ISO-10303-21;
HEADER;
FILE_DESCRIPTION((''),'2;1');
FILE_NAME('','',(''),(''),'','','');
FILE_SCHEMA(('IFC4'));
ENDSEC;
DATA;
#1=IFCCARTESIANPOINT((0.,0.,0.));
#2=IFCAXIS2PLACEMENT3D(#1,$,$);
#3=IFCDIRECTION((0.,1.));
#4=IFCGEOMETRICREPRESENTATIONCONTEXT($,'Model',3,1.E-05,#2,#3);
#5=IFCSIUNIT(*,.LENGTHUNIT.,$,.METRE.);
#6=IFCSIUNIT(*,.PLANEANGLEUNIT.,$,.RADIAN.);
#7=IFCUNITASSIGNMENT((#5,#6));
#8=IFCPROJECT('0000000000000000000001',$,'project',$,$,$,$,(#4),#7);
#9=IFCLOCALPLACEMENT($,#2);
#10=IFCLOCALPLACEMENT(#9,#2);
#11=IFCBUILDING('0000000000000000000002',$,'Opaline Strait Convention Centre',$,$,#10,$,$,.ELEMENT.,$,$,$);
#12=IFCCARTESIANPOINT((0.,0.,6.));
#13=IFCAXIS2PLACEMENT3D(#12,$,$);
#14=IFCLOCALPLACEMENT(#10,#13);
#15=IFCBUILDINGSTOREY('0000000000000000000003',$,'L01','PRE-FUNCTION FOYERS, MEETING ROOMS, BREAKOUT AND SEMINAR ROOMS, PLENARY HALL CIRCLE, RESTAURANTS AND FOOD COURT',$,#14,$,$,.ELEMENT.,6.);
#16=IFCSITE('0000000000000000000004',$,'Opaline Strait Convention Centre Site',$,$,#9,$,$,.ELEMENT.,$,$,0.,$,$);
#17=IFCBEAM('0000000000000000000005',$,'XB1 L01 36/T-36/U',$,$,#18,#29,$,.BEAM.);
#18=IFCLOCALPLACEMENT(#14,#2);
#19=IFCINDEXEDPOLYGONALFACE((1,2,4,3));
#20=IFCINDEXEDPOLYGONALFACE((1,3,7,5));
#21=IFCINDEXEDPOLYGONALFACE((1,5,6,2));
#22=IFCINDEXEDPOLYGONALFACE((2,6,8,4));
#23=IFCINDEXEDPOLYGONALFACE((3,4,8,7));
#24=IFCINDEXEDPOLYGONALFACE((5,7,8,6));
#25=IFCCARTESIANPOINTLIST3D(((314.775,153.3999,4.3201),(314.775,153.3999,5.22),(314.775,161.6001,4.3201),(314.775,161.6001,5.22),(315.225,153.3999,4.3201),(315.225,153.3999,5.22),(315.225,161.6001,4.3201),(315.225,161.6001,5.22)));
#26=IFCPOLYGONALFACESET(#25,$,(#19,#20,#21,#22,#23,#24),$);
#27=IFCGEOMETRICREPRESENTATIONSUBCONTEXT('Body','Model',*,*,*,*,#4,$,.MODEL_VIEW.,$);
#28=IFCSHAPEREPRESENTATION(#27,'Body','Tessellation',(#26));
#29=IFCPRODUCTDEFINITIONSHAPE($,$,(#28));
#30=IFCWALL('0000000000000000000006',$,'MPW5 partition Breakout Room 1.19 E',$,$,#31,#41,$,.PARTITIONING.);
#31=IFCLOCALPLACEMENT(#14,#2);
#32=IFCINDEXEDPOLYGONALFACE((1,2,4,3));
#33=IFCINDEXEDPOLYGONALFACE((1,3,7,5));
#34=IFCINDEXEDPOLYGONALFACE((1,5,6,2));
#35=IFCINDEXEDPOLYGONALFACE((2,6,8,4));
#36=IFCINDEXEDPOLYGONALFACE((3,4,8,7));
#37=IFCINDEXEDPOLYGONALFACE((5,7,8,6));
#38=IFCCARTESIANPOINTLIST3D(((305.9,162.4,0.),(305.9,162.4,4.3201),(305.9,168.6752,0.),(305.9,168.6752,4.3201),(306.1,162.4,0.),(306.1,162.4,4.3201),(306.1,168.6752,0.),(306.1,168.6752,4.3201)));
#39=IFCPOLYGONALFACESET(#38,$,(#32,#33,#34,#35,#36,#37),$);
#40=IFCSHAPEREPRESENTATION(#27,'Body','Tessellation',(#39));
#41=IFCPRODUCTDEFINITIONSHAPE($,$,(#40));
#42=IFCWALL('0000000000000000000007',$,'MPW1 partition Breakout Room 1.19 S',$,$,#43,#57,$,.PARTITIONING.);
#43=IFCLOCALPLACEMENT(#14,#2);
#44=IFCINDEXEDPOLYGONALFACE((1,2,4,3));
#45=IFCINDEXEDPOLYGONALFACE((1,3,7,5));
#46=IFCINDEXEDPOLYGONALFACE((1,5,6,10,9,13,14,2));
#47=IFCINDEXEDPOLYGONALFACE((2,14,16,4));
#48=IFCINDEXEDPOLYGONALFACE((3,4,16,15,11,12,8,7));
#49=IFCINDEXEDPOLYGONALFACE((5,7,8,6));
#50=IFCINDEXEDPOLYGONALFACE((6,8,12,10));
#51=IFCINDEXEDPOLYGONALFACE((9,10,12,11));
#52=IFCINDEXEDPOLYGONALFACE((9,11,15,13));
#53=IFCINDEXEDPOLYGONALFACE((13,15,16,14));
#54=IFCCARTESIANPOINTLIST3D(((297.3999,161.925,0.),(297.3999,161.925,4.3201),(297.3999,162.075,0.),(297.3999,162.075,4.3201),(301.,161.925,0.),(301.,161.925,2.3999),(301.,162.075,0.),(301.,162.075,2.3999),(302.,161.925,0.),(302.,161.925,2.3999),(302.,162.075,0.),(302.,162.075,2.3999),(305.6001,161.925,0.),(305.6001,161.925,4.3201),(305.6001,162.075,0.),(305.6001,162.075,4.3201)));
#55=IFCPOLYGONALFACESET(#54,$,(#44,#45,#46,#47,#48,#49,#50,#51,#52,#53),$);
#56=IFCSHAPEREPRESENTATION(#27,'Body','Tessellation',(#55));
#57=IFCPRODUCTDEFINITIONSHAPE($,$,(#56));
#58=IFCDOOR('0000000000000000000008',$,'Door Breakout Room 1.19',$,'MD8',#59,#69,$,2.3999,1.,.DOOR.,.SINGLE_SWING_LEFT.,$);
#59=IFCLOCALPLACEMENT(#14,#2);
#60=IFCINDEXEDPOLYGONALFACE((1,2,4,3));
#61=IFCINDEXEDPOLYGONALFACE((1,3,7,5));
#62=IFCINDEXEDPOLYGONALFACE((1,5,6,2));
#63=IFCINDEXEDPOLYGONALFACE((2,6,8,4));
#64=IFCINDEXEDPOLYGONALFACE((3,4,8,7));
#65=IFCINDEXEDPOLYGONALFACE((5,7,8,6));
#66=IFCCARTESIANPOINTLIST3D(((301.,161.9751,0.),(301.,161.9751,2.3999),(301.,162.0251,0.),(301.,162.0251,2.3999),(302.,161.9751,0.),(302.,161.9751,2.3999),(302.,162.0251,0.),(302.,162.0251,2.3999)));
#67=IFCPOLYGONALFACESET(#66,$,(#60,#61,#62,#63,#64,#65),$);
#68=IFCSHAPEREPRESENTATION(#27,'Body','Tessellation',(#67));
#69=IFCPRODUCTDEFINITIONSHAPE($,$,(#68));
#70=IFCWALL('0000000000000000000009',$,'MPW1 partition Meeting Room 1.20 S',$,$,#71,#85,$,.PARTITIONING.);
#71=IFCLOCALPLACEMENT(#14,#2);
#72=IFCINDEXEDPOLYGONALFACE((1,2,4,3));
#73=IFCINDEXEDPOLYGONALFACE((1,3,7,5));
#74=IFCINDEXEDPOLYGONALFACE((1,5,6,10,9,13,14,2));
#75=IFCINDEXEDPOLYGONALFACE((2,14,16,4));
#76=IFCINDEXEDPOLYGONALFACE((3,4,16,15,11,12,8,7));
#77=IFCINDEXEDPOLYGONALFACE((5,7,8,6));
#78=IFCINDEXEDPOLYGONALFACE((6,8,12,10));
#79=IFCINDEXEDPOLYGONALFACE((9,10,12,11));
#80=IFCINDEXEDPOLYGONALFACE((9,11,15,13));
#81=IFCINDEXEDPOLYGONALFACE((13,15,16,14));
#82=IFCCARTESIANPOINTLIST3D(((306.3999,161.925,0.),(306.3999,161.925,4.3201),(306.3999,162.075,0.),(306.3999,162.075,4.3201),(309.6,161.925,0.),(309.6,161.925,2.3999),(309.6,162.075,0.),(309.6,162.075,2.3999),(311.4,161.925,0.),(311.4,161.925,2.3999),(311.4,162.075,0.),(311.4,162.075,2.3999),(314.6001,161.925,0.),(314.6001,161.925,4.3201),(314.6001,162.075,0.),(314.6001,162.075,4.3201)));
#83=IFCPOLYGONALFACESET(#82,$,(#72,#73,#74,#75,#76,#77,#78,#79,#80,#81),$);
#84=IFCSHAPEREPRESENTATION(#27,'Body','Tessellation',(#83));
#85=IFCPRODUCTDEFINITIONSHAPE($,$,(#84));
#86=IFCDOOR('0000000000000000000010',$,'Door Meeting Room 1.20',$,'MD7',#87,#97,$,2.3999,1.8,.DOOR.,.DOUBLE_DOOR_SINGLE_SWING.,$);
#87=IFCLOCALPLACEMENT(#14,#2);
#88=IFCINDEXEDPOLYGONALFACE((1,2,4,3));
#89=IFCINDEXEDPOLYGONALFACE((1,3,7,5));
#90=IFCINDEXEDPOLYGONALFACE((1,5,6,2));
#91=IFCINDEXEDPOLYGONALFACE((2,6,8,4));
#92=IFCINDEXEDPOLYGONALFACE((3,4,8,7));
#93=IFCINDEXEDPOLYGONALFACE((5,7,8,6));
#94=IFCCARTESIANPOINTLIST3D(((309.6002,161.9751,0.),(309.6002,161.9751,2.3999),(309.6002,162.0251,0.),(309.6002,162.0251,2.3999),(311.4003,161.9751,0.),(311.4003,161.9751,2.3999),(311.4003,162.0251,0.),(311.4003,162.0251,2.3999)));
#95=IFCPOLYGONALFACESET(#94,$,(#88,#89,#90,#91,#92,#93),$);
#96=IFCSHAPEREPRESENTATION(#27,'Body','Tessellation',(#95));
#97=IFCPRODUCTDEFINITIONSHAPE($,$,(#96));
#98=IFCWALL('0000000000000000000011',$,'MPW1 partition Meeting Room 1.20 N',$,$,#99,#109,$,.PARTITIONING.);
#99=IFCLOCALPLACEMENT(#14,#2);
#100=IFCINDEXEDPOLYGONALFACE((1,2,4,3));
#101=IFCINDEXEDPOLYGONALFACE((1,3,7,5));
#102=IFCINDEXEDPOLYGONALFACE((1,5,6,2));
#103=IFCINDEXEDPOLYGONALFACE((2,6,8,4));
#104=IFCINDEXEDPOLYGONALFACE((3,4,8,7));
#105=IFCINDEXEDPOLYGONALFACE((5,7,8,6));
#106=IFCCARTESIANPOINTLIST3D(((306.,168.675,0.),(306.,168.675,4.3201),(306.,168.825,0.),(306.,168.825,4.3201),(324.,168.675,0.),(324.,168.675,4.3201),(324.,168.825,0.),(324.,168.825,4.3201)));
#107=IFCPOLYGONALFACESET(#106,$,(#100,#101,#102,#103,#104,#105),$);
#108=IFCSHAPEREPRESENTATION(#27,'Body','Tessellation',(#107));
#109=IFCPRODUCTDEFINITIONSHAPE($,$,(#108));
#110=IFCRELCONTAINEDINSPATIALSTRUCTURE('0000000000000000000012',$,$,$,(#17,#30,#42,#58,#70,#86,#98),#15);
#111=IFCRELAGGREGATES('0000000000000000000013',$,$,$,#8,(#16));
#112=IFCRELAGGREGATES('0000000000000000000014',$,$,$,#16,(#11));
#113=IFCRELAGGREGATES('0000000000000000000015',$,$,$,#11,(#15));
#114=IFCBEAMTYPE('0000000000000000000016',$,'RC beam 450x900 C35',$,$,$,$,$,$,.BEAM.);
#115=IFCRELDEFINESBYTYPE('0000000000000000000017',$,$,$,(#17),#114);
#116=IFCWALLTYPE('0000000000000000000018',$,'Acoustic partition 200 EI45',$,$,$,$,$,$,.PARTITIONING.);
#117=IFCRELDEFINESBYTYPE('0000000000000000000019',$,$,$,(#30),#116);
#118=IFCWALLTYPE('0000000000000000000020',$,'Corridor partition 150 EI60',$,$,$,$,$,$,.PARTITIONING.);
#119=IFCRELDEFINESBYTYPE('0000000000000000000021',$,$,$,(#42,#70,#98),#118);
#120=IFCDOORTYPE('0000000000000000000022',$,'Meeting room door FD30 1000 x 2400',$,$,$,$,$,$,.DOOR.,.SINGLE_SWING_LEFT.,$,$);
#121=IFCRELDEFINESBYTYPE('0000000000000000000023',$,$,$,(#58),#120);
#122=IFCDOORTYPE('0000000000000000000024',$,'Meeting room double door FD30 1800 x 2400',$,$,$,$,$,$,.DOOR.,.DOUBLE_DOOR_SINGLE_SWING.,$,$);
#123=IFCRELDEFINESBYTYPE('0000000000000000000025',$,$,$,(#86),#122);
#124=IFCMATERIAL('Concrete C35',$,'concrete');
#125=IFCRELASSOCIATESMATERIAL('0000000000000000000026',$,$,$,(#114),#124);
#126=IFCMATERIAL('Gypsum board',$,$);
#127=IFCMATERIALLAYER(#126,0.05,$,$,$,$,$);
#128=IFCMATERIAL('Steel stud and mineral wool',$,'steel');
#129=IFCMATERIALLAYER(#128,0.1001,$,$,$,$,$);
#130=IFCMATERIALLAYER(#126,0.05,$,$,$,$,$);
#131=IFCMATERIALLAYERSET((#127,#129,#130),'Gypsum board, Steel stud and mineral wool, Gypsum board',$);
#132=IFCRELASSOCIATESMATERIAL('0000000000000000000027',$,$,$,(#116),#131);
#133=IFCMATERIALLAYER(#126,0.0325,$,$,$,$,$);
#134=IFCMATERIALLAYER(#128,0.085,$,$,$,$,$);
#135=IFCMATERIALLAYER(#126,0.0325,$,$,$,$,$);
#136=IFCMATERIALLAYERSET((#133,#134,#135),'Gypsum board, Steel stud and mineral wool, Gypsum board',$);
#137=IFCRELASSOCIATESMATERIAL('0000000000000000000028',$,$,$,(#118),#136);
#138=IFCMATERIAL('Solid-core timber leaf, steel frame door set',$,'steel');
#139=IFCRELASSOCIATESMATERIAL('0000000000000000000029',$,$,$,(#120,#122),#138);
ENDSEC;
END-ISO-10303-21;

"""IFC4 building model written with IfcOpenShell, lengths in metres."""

from ifc_helpers import new_model, si_unit, direction, frame, frame_2d, origin, origin_2d, place, context, subcontext, project, spatial, rectangle, extrude, material, layer, layer_set, material_profile, profile_set, type_object, element, fill, save


model = new_model("IFC4")

# Units and contexts
model_context = context("Model", 3, precision=1e-05, world=origin(), true_north=direction((0.0, 1.0)))
body_context = subcontext(model_context, "Body", "Model", "MODEL_VIEW")
ifc_project = project(units=[si_unit("LENGTHUNIT", "METRE"), si_unit("PLANEANGLEUNIT", "RADIAN")], contexts=[model_context])

# Site, building, storey
site_placement = place(None, origin())
site = spatial("IfcSite", under=ifc_project, at=site_placement, Name="Opaline Strait Convention Centre Site", CompositionType="ELEMENT", RefElevation=0.0)
building_placement = place(site_placement, origin())
building = spatial("IfcBuilding", under=site, at=building_placement, Name="Opaline Strait Convention Centre", CompositionType="ELEMENT")
storey_placement = place(building_placement, frame((0.0, 0.0, 6.0)))
storey = spatial("IfcBuildingStorey", under=building, at=storey_placement, Name="L01", Description="PRE-FUNCTION FOYERS, MEETING ROOMS, BREAKOUT AND SEMINAR ROOMS, PLENARY HALL CIRCLE, RESTAURANTS AND FOOD COURT", CompositionType="ELEMENT", Elevation=6.0)

# Beam
ifc_material_1 = material(Name="Concrete C35", Category="concrete")
ifc_material_profile_1 = material_profile(ifc_material_1, rectangle(XDim=0.45, YDim=0.8999, at=origin_2d()), Name="RC 450x900")
ifc_profile_set_1 = profile_set([ifc_material_profile_1], Name="Concrete C35")
beam_type = type_object("IfcBeamType", Name="RC beam 450x900 C35", PredefinedType="BEAM", material=ifc_profile_set_1)
for number, where, z_axis, x_axis, name in (
    (1, (315.0, 153.3999, 4.77), (0.0, 1.0, 0.0), (-1.0, 0.0, 0.0), "XB1 L01 36/T-36/U"),
):
    element("IfcBeam", number, at=place(storey_placement, frame(where, z_axis=z_axis, x_axis=x_axis)), inside=storey, type_object=beam_type, Name=name, PredefinedType="BEAM", context=body_context, shape_type="SweptSolid", body=[
        extrude(rectangle(XDim=0.45, YDim=0.8999, at=origin_2d()), origin(), (0.0, 0.0, 1.0), 8.2002),
    ])

# Wall
ifc_material_2 = material(Name="Gypsum board")
ifc_layer_1 = layer(ifc_material_2, 0.05)
ifc_material_3 = material(Name="Steel stud and mineral wool", Category="steel")
ifc_layer_2 = layer(ifc_material_3, 0.1001)
ifc_layer_3 = layer(ifc_material_2, 0.05)
ifc_layer_set_1 = layer_set([ifc_layer_1, ifc_layer_2, ifc_layer_3], Name="Gypsum board, Steel stud and mineral wool, Gypsum board")
wall_type_1 = type_object("IfcWallType", Name="Acoustic partition 200 EI45", PredefinedType="PARTITIONING", material=ifc_layer_set_1)
wall_1_placement = place(storey_placement, frame((306.0, 162.3999, 0.0), z_axis=(0.0, 0.0, 1.0), x_axis=(0.0, 1.0, 0.0)))
element("IfcWall", 2, at=wall_1_placement, inside=storey, type_object=wall_type_1, Name="MPW5 partition Breakout Room 1.19 E", PredefinedType="PARTITIONING", context=body_context, shape_type="SweptSolid", body=[
    extrude(rectangle(XDim=6.2751, YDim=0.2, at=frame_2d((3.1377, 0.0))), origin(), (0.0, 0.0, 1.0), 4.3201),
])

# Walls, openings, doors
ifc_layer_4 = layer(ifc_material_2, 0.0325)
ifc_layer_5 = layer(ifc_material_3, 0.085)
ifc_layer_6 = layer(ifc_material_2, 0.0325)
ifc_layer_set_2 = layer_set([ifc_layer_4, ifc_layer_5, ifc_layer_6], Name="Gypsum board, Steel stud and mineral wool, Gypsum board")
wall_type_2 = type_object("IfcWallType", Name="Corridor partition 150 EI60", PredefinedType="PARTITIONING", material=ifc_layer_set_2)
wall_2_placement = place(storey_placement, frame((297.3999, 162.0, 0.0), z_axis=(0.0, 0.0, 1.0), x_axis=(1.0, 0.0, 0.0)))
wall_2 = element("IfcWall", 3, at=wall_2_placement, inside=storey, type_object=wall_type_2, Name="MPW1 partition Breakout Room 1.19 S", PredefinedType="PARTITIONING", context=body_context, shape_type="SweptSolid", body=[
    extrude(rectangle(XDim=8.2002, YDim=0.1499, at=frame_2d((4.1001, 0.0))), origin(), (0.0, 0.0, 1.0), 4.3201),
])
opening_1_placement = place(wall_2_placement, frame((3.6001, 0.0, 0.0)))
opening_1 = element("IfcOpeningElement", 4, at=opening_1_placement, cuts=wall_2, PredefinedType="OPENING", context=body_context, shape_type="SweptSolid", body=[
    extrude(rectangle(XDim=1.0, YDim=2.3999, at=frame_2d((0.5, 1.2))), frame((0.0, 0.085, 0.0), z_axis=(0.0, -1.0, 0.0), x_axis=(1.0, 0.0, 0.0)), (0.0, 0.0, 1.0), 0.1699),
])
ifc_material_4 = material(Name="Solid-core timber leaf, steel frame door set", Category="steel")
door_type_1 = type_object("IfcDoorType", Name="Meeting room door FD30 1000 x 2400", OperationType="SINGLE_SWING_LEFT", PredefinedType="DOOR", material=ifc_material_4)
door_1_placement = place(opening_1_placement, frame((1.0, 0.0, 0.0), z_axis=(0.0, 0.0, 1.0), x_axis=(-1.0, 0.0, 0.0)))
door_1 = element("IfcDoor", 5, at=door_1_placement, inside=storey, type_object=door_type_1, Name="Door Breakout Room 1.19", ObjectType="MD8", OperationType="SINGLE_SWING_LEFT", OverallHeight=2.3999, OverallWidth=1.0, PredefinedType="DOOR", context=body_context, shape_type="SweptSolid", body=[
    extrude(rectangle(XDim=1.0, YDim=2.3999, at=frame_2d((0.5, 1.2))), frame((0.0, 0.0249, 0.0), z_axis=(0.0, -1.0, 0.0), x_axis=(1.0, 0.0, 0.0)), (0.0, 0.0, 1.0), 0.05),
])
fill(opening_1, door_1)
wall_3_placement = place(storey_placement, frame((306.3999, 162.0, 0.0), z_axis=(0.0, 0.0, 1.0), x_axis=(1.0, 0.0, 0.0)))
wall_3 = element("IfcWall", 6, at=wall_3_placement, inside=storey, type_object=wall_type_2, Name="MPW1 partition Meeting Room 1.20 S", PredefinedType="PARTITIONING", context=body_context, shape_type="SweptSolid", body=[
    extrude(rectangle(XDim=8.2002, YDim=0.1499, at=frame_2d((4.1001, 0.0))), origin(), (0.0, 0.0, 1.0), 4.3201),
])
opening_2_placement = place(wall_3_placement, frame((3.2002, 0.0, 0.0)))
opening_2 = element("IfcOpeningElement", 7, at=opening_2_placement, cuts=wall_3, PredefinedType="OPENING", context=body_context, shape_type="SweptSolid", body=[
    extrude(rectangle(XDim=1.8, YDim=2.3999, at=frame_2d((0.8999, 1.2))), frame((0.0, 0.085, 0.0), z_axis=(0.0, -1.0, 0.0), x_axis=(1.0, 0.0, 0.0)), (0.0, 0.0, 1.0), 0.1699),
])
door_type_2 = type_object("IfcDoorType", Name="Meeting room double door FD30 1800 x 2400", OperationType="DOUBLE_DOOR_SINGLE_SWING", PredefinedType="DOOR", material=ifc_material_4)
door_2_placement = place(opening_2_placement, frame((1.8, 0.0, 0.0), z_axis=(0.0, 0.0, 1.0), x_axis=(-1.0, 0.0, 0.0)))
door_2 = element("IfcDoor", 8, at=door_2_placement, inside=storey, type_object=door_type_2, Name="Door Meeting Room 1.20", ObjectType="MD7", OperationType="DOUBLE_DOOR_SINGLE_SWING", OverallHeight=2.3999, OverallWidth=1.8, PredefinedType="DOOR", context=body_context, shape_type="SweptSolid", body=[
    extrude(rectangle(XDim=1.8, YDim=2.3999, at=frame_2d((0.8999, 1.2))), frame((0.0, 0.0249, 0.0), z_axis=(0.0, -1.0, 0.0), x_axis=(1.0, 0.0, 0.0)), (0.0, 0.0, 1.0), 0.05),
])
fill(opening_2, door_2)

# Wall
wall_4_placement = place(storey_placement, frame((306.0, 168.75, 0.0), z_axis=(0.0, 0.0, 1.0), x_axis=(1.0, 0.0, 0.0)))
element("IfcWall", 9, at=wall_4_placement, inside=storey, type_object=wall_type_2, Name="MPW1 partition Meeting Room 1.20 N", PredefinedType="PARTITIONING", context=body_context, shape_type="SweptSolid", body=[
    extrude(rectangle(XDim=18.0, YDim=0.1499, at=frame_2d((9.0, 0.0))), origin(), (0.0, 0.0, 1.0), 4.3201),
])

save(model, "model.ifc")
